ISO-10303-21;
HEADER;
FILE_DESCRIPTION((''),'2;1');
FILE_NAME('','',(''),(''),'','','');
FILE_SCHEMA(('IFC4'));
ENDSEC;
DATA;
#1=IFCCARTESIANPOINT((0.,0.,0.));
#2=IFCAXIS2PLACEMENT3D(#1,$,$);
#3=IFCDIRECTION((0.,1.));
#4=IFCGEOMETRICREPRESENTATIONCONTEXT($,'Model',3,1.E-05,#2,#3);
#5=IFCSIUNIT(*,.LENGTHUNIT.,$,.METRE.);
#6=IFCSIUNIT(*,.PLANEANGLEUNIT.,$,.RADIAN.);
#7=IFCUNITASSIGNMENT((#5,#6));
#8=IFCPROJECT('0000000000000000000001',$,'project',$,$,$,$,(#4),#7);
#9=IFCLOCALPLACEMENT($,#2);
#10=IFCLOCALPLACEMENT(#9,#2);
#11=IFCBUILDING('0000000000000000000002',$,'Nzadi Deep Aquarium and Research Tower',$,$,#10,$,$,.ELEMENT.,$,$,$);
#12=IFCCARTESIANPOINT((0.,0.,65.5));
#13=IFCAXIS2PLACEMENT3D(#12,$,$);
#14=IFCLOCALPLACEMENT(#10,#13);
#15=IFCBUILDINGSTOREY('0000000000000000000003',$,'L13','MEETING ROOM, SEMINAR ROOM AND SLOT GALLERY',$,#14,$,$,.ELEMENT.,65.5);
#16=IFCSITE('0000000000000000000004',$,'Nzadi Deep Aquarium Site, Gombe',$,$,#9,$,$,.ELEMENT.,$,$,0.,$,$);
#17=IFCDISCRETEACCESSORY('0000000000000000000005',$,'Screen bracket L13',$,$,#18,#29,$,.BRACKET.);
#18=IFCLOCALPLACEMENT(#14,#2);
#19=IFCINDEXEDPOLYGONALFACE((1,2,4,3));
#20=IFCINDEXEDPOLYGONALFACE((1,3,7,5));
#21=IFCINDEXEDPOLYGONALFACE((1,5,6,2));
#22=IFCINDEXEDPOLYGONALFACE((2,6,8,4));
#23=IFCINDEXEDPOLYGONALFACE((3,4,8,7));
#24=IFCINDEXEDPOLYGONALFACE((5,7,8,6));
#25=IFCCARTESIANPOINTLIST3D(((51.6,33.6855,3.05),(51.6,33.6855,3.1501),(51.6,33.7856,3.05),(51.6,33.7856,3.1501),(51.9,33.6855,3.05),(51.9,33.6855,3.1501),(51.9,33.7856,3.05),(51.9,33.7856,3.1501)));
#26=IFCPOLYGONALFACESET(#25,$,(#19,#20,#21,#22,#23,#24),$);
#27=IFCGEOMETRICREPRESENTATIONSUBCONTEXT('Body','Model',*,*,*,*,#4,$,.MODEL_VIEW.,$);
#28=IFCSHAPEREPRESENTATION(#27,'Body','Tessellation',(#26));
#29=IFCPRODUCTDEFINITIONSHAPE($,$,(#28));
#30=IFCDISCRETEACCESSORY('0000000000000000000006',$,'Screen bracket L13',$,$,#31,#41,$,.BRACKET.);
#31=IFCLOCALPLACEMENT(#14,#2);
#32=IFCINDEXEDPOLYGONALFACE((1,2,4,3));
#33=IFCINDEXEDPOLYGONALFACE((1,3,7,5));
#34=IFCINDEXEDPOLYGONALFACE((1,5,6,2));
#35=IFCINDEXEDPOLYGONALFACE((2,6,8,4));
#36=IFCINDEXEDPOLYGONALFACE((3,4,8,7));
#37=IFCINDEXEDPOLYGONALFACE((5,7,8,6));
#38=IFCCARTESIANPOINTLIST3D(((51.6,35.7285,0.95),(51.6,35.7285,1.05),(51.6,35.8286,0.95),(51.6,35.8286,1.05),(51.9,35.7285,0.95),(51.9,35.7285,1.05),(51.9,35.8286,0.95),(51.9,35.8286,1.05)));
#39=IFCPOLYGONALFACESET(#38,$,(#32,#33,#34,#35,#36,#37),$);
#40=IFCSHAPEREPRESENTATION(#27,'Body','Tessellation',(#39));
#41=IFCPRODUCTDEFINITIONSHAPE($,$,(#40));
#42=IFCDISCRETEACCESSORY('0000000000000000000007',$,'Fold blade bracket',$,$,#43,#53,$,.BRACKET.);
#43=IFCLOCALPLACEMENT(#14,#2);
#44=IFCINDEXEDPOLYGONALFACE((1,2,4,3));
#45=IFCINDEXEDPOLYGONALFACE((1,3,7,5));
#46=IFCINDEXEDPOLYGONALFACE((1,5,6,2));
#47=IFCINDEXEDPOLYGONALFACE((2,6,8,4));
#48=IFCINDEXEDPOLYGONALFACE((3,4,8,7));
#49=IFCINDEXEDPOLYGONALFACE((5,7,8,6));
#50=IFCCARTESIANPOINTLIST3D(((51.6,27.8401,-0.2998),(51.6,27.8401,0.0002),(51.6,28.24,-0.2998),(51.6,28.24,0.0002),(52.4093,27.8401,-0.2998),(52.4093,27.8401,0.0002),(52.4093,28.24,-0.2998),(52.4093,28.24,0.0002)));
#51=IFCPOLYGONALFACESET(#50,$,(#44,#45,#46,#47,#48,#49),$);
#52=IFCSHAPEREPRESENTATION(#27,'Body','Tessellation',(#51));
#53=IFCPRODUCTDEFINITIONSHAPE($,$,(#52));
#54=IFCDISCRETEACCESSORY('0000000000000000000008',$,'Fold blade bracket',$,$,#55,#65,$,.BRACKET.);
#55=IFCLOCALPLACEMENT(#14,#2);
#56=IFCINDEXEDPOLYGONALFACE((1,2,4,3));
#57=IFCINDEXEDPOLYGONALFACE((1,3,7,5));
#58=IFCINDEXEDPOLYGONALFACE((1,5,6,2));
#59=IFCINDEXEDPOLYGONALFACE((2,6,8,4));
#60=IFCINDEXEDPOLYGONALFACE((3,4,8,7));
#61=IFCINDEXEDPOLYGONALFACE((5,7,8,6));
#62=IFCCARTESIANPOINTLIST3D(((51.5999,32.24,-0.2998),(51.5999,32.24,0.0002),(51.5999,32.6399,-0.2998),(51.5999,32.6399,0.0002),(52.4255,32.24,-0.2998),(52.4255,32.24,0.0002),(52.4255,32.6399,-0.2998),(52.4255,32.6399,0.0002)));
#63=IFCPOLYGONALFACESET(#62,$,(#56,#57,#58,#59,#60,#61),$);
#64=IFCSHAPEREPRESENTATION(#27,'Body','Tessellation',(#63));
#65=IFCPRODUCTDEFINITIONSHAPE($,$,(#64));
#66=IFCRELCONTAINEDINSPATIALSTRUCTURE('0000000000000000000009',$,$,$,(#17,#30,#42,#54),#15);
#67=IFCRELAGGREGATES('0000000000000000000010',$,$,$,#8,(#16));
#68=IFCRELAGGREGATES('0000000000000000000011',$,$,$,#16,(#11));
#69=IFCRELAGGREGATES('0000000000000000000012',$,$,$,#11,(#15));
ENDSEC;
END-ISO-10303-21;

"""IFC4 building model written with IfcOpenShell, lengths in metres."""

from ifc_helpers import new_model, si_unit, direction, frame, origin, origin_2d, place, context, subcontext, project, spatial, rectangle, extrude, element, save


model = new_model("IFC4")

# Units and contexts
model_context = context("Model", 3, precision=1e-05, world=origin(), true_north=direction((0.0, 1.0)))
body_context = subcontext(model_context, "Body", "Model", "MODEL_VIEW")
ifc_project = project(units=[si_unit("LENGTHUNIT", "METRE"), si_unit("PLANEANGLEUNIT", "RADIAN")], contexts=[model_context])

# Site, building, storey
site_placement = place(None, origin())
site = spatial("IfcSite", under=ifc_project, at=site_placement, Name="Nzadi Deep Aquarium Site, Gombe", CompositionType="ELEMENT", RefElevation=0.0)
building_placement = place(site_placement, origin())
building = spatial("IfcBuilding", under=site, at=building_placement, Name="Nzadi Deep Aquarium and Research Tower", CompositionType="ELEMENT")
storey_placement = place(building_placement, frame((0.0, 0.0, 65.5)))
storey = spatial("IfcBuildingStorey", under=building, at=storey_placement, Name="L13", Description="MEETING ROOM, SEMINAR ROOM AND SLOT GALLERY", CompositionType="ELEMENT", Elevation=65.5)

# Discrete accessories
for number, where, z_axis, x_axis, name in (
    (1, (51.75, 33.7356, 3.05), (0.0, 0.0, 1.0), (1.0, 0.0, 0.0), "Screen bracket L13"),
    (2, (51.75, 35.7786, 0.95), (0.0, 0.0, 1.0), (1.0, 0.0, 0.0), "Screen bracket L13"),
):
    element("IfcDiscreteAccessory", number, at=place(storey_placement, frame(where, z_axis=z_axis, x_axis=x_axis)), inside=storey, Name=name, PredefinedType="BRACKET", context=body_context, shape_type="SweptSolid", body=[
        extrude(rectangle(XDim=0.3, YDim=0.1001, at=origin_2d()), origin(), (0.0, 0.0, 1.0), 0.1001),
    ])
discrete_accessory_1_placement = place(storey_placement, frame((52.0046, 28.04, -0.2998), z_axis=(0.0, 0.0, 1.0), x_axis=(1.0, 0.0, 0.0)))
element("IfcDiscreteAccessory", 3, at=discrete_accessory_1_placement, inside=storey, Name="Fold blade bracket", PredefinedType="BRACKET", context=body_context, shape_type="SweptSolid", body=[
    extrude(rectangle(XDim=0.8093, YDim=0.3999, at=origin_2d()), origin(), (0.0, 0.0, 1.0), 0.3),
])
discrete_accessory_2_placement = place(storey_placement, frame((52.0127, 32.4399, -0.2998), z_axis=(0.0, 0.0, 1.0), x_axis=(1.0, 0.0, 0.0)))
element("IfcDiscreteAccessory", 4, at=discrete_accessory_2_placement, inside=storey, Name="Fold blade bracket", PredefinedType="BRACKET", context=body_context, shape_type="SweptSolid", body=[
    extrude(rectangle(XDim=0.8257, YDim=0.3999, at=origin_2d()), origin(), (0.0, 0.0, 1.0), 0.3),
])

save(model, "model.ifc")
